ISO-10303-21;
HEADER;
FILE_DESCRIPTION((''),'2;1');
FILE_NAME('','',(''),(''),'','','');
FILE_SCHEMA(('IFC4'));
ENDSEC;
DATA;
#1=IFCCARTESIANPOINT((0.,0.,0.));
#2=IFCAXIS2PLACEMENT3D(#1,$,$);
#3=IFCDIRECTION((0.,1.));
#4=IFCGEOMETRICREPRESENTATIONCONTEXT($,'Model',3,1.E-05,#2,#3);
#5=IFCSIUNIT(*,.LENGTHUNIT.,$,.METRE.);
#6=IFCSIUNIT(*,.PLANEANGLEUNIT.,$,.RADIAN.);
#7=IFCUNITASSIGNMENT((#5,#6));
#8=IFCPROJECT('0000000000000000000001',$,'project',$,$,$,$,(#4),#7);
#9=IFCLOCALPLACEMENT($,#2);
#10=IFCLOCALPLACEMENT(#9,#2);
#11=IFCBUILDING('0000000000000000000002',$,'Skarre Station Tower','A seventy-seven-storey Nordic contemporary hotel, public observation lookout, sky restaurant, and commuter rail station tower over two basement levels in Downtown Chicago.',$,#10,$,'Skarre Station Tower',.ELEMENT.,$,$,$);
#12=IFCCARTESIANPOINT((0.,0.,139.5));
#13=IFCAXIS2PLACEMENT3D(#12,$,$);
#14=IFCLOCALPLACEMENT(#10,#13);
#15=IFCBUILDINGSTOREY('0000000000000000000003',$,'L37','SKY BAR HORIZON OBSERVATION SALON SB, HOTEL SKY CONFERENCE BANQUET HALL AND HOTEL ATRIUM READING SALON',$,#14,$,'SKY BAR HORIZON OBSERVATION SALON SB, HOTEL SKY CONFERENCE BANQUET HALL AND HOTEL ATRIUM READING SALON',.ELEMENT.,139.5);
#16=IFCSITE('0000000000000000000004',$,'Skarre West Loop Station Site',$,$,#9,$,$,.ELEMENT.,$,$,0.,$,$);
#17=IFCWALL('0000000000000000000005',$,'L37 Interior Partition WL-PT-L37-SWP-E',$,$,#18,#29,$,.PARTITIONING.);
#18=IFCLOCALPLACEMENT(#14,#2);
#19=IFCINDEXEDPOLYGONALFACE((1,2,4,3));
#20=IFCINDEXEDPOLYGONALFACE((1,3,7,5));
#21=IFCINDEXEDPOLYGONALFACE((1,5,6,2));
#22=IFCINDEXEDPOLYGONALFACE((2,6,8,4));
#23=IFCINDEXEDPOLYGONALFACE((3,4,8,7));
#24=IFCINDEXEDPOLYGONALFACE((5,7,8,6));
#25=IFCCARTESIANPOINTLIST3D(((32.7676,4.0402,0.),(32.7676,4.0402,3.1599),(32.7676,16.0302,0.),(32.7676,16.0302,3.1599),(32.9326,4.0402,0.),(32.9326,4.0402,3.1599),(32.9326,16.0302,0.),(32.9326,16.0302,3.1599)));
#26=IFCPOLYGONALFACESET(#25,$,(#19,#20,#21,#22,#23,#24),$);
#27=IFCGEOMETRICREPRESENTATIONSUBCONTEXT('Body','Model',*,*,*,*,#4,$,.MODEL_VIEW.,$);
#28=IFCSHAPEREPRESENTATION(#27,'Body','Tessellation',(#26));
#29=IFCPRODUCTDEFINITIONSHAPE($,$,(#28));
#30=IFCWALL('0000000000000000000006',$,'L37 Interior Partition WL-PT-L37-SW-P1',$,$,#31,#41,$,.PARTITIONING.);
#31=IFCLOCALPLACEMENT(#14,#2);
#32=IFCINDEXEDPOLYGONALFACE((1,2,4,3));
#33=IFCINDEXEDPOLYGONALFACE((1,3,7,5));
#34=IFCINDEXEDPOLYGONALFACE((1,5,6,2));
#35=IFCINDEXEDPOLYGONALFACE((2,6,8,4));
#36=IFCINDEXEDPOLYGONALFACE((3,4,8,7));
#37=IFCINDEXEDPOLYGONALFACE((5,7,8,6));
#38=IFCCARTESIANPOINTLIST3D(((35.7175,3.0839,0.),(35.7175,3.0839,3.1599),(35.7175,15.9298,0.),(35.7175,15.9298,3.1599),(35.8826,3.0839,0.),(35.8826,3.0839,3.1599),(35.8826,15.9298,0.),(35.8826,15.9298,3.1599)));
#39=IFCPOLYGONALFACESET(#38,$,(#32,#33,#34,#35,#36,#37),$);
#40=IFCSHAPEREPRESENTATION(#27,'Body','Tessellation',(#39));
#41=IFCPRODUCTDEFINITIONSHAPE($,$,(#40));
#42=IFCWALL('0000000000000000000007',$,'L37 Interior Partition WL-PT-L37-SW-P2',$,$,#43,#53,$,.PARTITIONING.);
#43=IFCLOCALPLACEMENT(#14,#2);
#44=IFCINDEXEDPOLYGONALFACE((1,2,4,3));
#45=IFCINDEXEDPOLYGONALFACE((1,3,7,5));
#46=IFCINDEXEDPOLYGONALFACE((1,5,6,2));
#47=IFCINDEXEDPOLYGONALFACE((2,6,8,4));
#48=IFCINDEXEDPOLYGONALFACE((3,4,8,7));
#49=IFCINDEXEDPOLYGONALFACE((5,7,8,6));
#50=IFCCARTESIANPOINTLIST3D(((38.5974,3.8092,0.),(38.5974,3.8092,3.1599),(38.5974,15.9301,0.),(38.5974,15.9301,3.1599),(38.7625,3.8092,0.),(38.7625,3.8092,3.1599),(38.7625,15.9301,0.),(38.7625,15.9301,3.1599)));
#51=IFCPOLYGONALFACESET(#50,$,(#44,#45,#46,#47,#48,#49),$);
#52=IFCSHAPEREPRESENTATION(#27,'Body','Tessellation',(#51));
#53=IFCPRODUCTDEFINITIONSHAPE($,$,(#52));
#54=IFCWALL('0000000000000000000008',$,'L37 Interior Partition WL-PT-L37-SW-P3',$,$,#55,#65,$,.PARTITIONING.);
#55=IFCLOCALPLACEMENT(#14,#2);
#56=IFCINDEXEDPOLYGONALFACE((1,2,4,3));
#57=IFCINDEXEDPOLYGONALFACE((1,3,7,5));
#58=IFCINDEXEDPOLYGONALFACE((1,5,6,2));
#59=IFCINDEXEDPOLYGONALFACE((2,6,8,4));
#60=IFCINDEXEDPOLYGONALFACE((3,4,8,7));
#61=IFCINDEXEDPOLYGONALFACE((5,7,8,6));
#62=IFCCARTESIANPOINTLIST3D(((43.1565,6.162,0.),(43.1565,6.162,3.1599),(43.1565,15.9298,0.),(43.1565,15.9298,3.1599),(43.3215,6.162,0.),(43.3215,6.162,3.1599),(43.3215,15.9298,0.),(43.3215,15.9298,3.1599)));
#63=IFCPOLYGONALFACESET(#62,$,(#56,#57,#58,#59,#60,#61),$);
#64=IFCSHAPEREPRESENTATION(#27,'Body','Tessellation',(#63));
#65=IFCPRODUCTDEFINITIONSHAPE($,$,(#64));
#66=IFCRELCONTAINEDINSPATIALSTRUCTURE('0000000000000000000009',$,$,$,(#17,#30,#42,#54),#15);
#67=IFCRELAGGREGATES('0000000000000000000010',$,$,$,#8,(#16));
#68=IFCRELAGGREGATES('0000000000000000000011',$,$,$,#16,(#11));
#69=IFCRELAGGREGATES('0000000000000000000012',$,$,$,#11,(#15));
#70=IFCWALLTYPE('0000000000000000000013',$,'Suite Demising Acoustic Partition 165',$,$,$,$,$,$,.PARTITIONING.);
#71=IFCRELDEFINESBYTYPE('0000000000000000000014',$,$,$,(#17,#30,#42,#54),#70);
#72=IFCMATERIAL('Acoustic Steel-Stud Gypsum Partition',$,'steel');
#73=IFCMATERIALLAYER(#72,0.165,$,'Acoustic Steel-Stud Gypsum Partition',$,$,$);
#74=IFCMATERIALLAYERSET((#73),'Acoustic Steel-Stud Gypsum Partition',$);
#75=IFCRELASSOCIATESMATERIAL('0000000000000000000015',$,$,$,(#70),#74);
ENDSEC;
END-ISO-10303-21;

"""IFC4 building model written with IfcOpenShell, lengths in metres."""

from ifc_helpers import new_model, si_unit, direction, frame, frame_2d, origin, place, context, subcontext, project, spatial, rectangle, extrude, material, layer, layer_set, type_object, element, save


model = new_model("IFC4")

# Units and contexts
model_context = context("Model", 3, precision=1e-05, world=origin(), true_north=direction((0.0, 1.0)))
body_context = subcontext(model_context, "Body", "Model", "MODEL_VIEW")
ifc_project = project(units=[si_unit("LENGTHUNIT", "METRE"), si_unit("PLANEANGLEUNIT", "RADIAN")], contexts=[model_context])

# Site, building, storey
site_placement = place(None, origin())
site = spatial("IfcSite", under=ifc_project, at=site_placement, Name="Skarre West Loop Station Site", CompositionType="ELEMENT", RefElevation=0.0)
building_placement = place(site_placement, origin())
building = spatial("IfcBuilding", under=site, at=building_placement, Name="Skarre Station Tower", Description="A seventy-seven-storey Nordic contemporary hotel, public observation lookout, sky restaurant, and commuter rail station tower over two basement levels in Downtown Chicago.", LongName="Skarre Station Tower", CompositionType="ELEMENT")
storey_placement = place(building_placement, frame((0.0, 0.0, 139.5)))
storey = spatial("IfcBuildingStorey", under=building, at=storey_placement, Name="L37", Description="SKY BAR HORIZON OBSERVATION SALON SB, HOTEL SKY CONFERENCE BANQUET HALL AND HOTEL ATRIUM READING SALON", LongName="SKY BAR HORIZON OBSERVATION SALON SB, HOTEL SKY CONFERENCE BANQUET HALL AND HOTEL ATRIUM READING SALON", CompositionType="ELEMENT", Elevation=139.5)

# Walls
ifc_material_1 = material(Name="Acoustic Steel-Stud Gypsum Partition", Category="steel")
ifc_layer_1 = layer(ifc_material_1, 0.165, Name="Acoustic Steel-Stud Gypsum Partition")
ifc_layer_set_1 = layer_set([ifc_layer_1], Name="Acoustic Steel-Stud Gypsum Partition")
wall_type_1 = type_object("IfcWallType", Name="Suite Demising Acoustic Partition 165", PredefinedType="PARTITIONING", material=ifc_layer_set_1)
wall_1_placement = place(storey_placement, frame((32.8501, 4.04, 0.0), z_axis=(0.0, 0.0, 1.0), x_axis=(0.0, 1.0, 0.0)))
element("IfcWall", 1, at=wall_1_placement, inside=storey, type_object=wall_type_1, Name="L37 Interior Partition WL-PT-L37-SWP-E", PredefinedType="PARTITIONING", context=body_context, shape_type="SweptSolid", body=[
    extrude(rectangle(XDim=11.99, YDim=0.165, at=frame_2d((5.9951, 0.0))), origin(), (0.0, 0.0, 1.0), 3.1599),
])
wall_2_placement = place(storey_placement, frame((35.8, 3.084, 0.0), z_axis=(0.0, 0.0, 1.0), x_axis=(0.0, 1.0, 0.0)))
element("IfcWall", 2, at=wall_2_placement, inside=storey, type_object=wall_type_1, Name="L37 Interior Partition WL-PT-L37-SW-P1", PredefinedType="PARTITIONING", context=body_context, shape_type="SweptSolid", body=[
    extrude(rectangle(XDim=12.8459, YDim=0.165, at=frame_2d((6.4229, 0.0))), origin(), (0.0, 0.0, 1.0), 3.1599),
])
wall_3_placement = place(storey_placement, frame((38.6799, 3.8091, 0.0), z_axis=(0.0, 0.0, 1.0), x_axis=(0.0, 1.0, 0.0)))
element("IfcWall", 3, at=wall_3_placement, inside=storey, type_object=wall_type_1, Name="L37 Interior Partition WL-PT-L37-SW-P2", PredefinedType="PARTITIONING", context=body_context, shape_type="SweptSolid", body=[
    extrude(rectangle(XDim=12.1208, YDim=0.165, at=frame_2d((6.0605, 0.0))), origin(), (0.0, 0.0, 1.0), 3.1599),
])
wall_4_placement = place(storey_placement, frame((43.239, 6.1621, 0.0), z_axis=(0.0, 0.0, 1.0), x_axis=(0.0, 1.0, 0.0)))
element("IfcWall", 4, at=wall_4_placement, inside=storey, type_object=wall_type_1, Name="L37 Interior Partition WL-PT-L37-SW-P3", PredefinedType="PARTITIONING", context=body_context, shape_type="SweptSolid", body=[
    extrude(rectangle(XDim=9.7678, YDim=0.165, at=frame_2d((4.8838, 0.0))), origin(), (0.0, 0.0, 1.0), 3.1599),
])

save(model, "model.ifc")
